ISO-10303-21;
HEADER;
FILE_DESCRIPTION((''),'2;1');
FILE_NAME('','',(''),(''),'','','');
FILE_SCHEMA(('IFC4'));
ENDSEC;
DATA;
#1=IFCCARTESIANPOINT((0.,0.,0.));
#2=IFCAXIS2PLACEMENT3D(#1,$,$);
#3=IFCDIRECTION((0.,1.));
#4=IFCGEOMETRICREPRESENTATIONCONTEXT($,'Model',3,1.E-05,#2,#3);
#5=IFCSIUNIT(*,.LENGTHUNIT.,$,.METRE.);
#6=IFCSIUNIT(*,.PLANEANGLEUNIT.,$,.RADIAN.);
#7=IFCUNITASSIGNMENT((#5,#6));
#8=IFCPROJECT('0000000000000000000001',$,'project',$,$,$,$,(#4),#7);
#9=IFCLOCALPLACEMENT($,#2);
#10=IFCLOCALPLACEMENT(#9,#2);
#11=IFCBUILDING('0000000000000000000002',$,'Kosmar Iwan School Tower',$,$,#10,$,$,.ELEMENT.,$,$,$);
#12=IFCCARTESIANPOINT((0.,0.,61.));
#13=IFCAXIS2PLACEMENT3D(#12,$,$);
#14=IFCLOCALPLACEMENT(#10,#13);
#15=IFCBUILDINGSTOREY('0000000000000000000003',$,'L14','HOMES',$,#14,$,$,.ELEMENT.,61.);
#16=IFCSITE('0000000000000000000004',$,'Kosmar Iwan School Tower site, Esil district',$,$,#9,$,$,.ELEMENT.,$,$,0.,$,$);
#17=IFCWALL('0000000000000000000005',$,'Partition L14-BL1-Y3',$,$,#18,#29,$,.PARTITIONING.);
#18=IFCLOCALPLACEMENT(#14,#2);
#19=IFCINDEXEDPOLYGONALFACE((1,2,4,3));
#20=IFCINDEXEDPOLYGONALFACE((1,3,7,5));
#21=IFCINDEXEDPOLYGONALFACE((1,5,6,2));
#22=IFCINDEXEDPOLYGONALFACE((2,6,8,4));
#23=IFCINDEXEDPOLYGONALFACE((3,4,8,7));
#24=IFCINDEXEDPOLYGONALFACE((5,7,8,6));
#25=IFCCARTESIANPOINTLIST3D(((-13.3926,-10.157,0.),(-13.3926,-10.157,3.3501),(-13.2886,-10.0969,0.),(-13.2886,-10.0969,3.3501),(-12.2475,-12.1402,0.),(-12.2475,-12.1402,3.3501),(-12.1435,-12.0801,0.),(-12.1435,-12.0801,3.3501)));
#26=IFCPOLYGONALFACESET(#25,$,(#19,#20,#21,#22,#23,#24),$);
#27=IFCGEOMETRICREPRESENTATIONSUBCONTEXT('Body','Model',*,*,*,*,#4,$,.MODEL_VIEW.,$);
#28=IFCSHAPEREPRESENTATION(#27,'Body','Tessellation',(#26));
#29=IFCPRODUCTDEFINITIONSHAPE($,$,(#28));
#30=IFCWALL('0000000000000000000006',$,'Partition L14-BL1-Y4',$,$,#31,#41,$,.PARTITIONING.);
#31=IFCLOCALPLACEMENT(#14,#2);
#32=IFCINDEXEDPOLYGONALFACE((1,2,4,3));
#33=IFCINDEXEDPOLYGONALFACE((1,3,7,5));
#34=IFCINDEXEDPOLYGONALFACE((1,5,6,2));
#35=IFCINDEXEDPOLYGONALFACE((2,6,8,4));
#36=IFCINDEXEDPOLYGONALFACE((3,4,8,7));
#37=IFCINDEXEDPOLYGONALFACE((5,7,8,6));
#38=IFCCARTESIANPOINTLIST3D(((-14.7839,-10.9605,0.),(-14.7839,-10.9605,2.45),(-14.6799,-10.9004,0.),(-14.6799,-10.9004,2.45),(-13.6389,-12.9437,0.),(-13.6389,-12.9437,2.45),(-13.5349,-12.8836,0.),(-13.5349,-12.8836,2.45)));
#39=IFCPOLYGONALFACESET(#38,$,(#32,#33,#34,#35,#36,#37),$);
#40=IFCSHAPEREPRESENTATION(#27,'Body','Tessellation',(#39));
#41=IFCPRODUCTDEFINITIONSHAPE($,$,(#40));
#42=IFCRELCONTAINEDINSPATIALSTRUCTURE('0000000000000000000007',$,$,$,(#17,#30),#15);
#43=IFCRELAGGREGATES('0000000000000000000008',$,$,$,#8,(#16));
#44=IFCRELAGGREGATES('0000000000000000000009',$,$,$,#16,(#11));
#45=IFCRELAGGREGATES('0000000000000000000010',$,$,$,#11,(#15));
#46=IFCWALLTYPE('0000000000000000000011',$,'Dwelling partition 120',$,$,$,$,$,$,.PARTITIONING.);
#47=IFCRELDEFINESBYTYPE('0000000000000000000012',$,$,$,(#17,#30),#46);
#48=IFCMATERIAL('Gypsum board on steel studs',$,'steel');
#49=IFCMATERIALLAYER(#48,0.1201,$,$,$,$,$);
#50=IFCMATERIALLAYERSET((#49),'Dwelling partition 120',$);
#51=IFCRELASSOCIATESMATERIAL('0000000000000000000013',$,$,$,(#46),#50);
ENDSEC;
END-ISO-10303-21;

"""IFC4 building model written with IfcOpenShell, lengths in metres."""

from ifc_helpers import new_model, si_unit, direction, frame, frame_2d, origin, place, context, subcontext, project, spatial, rectangle, extrude, material, layer, layer_set, type_object, element, save


model = new_model("IFC4")

# Units and contexts
model_context = context("Model", 3, precision=1e-05, world=origin(), true_north=direction((0.0, 1.0)))
body_context = subcontext(model_context, "Body", "Model", "MODEL_VIEW")
ifc_project = project(units=[si_unit("LENGTHUNIT", "METRE"), si_unit("PLANEANGLEUNIT", "RADIAN")], contexts=[model_context])

# Site, building, storey
site_placement = place(None, origin())
site = spatial("IfcSite", under=ifc_project, at=site_placement, Name="Kosmar Iwan School Tower site, Esil district", CompositionType="ELEMENT", RefElevation=0.0)
building_placement = place(site_placement, origin())
building = spatial("IfcBuilding", under=site, at=building_placement, Name="Kosmar Iwan School Tower", CompositionType="ELEMENT")
storey_placement = place(building_placement, frame((0.0, 0.0, 61.0)))
storey = spatial("IfcBuildingStorey", under=building, at=storey_placement, Name="L14", Description="HOMES", CompositionType="ELEMENT", Elevation=61.0)

# Walls
ifc_material_1 = material(Name="Gypsum board on steel studs", Category="steel")
ifc_layer_1 = layer(ifc_material_1, 0.1201)
ifc_layer_set_1 = layer_set([ifc_layer_1], Name="Dwelling partition 120")
wall_type_1 = type_object("IfcWallType", Name="Dwelling partition 120", PredefinedType="PARTITIONING", material=ifc_layer_set_1)
for number, where, z_axis, x_axis, name in (
    (1, (-13.3406, -10.127, 0.0), (0.0, 0.0, 1.0), (0.500015, -0.866017, 0.0), "Partition L14-BL1-Y3"),
):
    element("IfcWall", number, at=place(storey_placement, frame(where, z_axis=z_axis, x_axis=x_axis)), inside=storey, type_object=wall_type_1, Name=name, PredefinedType="PARTITIONING", context=body_context, shape_type="SweptSolid", body=[
        extrude(rectangle(XDim=2.29, YDim=0.1201, at=frame_2d((1.145, 0.0))), origin(), (0.0, 0.0, 1.0), 3.3501),
    ])
wall_1_placement = place(storey_placement, frame((-14.7319, -10.9304, 0.0), z_axis=(0.0, 0.0, 1.0), x_axis=(0.500015, -0.866017, 0.0)))
element("IfcWall", 2, at=wall_1_placement, inside=storey, type_object=wall_type_1, Name="Partition L14-BL1-Y4", PredefinedType="PARTITIONING", context=body_context, shape_type="SweptSolid", body=[
    extrude(rectangle(XDim=2.29, YDim=0.1201, at=frame_2d((1.145, 0.0))), origin(), (0.0, 0.0, 1.0), 2.45),
])

save(model, "model.ifc")
